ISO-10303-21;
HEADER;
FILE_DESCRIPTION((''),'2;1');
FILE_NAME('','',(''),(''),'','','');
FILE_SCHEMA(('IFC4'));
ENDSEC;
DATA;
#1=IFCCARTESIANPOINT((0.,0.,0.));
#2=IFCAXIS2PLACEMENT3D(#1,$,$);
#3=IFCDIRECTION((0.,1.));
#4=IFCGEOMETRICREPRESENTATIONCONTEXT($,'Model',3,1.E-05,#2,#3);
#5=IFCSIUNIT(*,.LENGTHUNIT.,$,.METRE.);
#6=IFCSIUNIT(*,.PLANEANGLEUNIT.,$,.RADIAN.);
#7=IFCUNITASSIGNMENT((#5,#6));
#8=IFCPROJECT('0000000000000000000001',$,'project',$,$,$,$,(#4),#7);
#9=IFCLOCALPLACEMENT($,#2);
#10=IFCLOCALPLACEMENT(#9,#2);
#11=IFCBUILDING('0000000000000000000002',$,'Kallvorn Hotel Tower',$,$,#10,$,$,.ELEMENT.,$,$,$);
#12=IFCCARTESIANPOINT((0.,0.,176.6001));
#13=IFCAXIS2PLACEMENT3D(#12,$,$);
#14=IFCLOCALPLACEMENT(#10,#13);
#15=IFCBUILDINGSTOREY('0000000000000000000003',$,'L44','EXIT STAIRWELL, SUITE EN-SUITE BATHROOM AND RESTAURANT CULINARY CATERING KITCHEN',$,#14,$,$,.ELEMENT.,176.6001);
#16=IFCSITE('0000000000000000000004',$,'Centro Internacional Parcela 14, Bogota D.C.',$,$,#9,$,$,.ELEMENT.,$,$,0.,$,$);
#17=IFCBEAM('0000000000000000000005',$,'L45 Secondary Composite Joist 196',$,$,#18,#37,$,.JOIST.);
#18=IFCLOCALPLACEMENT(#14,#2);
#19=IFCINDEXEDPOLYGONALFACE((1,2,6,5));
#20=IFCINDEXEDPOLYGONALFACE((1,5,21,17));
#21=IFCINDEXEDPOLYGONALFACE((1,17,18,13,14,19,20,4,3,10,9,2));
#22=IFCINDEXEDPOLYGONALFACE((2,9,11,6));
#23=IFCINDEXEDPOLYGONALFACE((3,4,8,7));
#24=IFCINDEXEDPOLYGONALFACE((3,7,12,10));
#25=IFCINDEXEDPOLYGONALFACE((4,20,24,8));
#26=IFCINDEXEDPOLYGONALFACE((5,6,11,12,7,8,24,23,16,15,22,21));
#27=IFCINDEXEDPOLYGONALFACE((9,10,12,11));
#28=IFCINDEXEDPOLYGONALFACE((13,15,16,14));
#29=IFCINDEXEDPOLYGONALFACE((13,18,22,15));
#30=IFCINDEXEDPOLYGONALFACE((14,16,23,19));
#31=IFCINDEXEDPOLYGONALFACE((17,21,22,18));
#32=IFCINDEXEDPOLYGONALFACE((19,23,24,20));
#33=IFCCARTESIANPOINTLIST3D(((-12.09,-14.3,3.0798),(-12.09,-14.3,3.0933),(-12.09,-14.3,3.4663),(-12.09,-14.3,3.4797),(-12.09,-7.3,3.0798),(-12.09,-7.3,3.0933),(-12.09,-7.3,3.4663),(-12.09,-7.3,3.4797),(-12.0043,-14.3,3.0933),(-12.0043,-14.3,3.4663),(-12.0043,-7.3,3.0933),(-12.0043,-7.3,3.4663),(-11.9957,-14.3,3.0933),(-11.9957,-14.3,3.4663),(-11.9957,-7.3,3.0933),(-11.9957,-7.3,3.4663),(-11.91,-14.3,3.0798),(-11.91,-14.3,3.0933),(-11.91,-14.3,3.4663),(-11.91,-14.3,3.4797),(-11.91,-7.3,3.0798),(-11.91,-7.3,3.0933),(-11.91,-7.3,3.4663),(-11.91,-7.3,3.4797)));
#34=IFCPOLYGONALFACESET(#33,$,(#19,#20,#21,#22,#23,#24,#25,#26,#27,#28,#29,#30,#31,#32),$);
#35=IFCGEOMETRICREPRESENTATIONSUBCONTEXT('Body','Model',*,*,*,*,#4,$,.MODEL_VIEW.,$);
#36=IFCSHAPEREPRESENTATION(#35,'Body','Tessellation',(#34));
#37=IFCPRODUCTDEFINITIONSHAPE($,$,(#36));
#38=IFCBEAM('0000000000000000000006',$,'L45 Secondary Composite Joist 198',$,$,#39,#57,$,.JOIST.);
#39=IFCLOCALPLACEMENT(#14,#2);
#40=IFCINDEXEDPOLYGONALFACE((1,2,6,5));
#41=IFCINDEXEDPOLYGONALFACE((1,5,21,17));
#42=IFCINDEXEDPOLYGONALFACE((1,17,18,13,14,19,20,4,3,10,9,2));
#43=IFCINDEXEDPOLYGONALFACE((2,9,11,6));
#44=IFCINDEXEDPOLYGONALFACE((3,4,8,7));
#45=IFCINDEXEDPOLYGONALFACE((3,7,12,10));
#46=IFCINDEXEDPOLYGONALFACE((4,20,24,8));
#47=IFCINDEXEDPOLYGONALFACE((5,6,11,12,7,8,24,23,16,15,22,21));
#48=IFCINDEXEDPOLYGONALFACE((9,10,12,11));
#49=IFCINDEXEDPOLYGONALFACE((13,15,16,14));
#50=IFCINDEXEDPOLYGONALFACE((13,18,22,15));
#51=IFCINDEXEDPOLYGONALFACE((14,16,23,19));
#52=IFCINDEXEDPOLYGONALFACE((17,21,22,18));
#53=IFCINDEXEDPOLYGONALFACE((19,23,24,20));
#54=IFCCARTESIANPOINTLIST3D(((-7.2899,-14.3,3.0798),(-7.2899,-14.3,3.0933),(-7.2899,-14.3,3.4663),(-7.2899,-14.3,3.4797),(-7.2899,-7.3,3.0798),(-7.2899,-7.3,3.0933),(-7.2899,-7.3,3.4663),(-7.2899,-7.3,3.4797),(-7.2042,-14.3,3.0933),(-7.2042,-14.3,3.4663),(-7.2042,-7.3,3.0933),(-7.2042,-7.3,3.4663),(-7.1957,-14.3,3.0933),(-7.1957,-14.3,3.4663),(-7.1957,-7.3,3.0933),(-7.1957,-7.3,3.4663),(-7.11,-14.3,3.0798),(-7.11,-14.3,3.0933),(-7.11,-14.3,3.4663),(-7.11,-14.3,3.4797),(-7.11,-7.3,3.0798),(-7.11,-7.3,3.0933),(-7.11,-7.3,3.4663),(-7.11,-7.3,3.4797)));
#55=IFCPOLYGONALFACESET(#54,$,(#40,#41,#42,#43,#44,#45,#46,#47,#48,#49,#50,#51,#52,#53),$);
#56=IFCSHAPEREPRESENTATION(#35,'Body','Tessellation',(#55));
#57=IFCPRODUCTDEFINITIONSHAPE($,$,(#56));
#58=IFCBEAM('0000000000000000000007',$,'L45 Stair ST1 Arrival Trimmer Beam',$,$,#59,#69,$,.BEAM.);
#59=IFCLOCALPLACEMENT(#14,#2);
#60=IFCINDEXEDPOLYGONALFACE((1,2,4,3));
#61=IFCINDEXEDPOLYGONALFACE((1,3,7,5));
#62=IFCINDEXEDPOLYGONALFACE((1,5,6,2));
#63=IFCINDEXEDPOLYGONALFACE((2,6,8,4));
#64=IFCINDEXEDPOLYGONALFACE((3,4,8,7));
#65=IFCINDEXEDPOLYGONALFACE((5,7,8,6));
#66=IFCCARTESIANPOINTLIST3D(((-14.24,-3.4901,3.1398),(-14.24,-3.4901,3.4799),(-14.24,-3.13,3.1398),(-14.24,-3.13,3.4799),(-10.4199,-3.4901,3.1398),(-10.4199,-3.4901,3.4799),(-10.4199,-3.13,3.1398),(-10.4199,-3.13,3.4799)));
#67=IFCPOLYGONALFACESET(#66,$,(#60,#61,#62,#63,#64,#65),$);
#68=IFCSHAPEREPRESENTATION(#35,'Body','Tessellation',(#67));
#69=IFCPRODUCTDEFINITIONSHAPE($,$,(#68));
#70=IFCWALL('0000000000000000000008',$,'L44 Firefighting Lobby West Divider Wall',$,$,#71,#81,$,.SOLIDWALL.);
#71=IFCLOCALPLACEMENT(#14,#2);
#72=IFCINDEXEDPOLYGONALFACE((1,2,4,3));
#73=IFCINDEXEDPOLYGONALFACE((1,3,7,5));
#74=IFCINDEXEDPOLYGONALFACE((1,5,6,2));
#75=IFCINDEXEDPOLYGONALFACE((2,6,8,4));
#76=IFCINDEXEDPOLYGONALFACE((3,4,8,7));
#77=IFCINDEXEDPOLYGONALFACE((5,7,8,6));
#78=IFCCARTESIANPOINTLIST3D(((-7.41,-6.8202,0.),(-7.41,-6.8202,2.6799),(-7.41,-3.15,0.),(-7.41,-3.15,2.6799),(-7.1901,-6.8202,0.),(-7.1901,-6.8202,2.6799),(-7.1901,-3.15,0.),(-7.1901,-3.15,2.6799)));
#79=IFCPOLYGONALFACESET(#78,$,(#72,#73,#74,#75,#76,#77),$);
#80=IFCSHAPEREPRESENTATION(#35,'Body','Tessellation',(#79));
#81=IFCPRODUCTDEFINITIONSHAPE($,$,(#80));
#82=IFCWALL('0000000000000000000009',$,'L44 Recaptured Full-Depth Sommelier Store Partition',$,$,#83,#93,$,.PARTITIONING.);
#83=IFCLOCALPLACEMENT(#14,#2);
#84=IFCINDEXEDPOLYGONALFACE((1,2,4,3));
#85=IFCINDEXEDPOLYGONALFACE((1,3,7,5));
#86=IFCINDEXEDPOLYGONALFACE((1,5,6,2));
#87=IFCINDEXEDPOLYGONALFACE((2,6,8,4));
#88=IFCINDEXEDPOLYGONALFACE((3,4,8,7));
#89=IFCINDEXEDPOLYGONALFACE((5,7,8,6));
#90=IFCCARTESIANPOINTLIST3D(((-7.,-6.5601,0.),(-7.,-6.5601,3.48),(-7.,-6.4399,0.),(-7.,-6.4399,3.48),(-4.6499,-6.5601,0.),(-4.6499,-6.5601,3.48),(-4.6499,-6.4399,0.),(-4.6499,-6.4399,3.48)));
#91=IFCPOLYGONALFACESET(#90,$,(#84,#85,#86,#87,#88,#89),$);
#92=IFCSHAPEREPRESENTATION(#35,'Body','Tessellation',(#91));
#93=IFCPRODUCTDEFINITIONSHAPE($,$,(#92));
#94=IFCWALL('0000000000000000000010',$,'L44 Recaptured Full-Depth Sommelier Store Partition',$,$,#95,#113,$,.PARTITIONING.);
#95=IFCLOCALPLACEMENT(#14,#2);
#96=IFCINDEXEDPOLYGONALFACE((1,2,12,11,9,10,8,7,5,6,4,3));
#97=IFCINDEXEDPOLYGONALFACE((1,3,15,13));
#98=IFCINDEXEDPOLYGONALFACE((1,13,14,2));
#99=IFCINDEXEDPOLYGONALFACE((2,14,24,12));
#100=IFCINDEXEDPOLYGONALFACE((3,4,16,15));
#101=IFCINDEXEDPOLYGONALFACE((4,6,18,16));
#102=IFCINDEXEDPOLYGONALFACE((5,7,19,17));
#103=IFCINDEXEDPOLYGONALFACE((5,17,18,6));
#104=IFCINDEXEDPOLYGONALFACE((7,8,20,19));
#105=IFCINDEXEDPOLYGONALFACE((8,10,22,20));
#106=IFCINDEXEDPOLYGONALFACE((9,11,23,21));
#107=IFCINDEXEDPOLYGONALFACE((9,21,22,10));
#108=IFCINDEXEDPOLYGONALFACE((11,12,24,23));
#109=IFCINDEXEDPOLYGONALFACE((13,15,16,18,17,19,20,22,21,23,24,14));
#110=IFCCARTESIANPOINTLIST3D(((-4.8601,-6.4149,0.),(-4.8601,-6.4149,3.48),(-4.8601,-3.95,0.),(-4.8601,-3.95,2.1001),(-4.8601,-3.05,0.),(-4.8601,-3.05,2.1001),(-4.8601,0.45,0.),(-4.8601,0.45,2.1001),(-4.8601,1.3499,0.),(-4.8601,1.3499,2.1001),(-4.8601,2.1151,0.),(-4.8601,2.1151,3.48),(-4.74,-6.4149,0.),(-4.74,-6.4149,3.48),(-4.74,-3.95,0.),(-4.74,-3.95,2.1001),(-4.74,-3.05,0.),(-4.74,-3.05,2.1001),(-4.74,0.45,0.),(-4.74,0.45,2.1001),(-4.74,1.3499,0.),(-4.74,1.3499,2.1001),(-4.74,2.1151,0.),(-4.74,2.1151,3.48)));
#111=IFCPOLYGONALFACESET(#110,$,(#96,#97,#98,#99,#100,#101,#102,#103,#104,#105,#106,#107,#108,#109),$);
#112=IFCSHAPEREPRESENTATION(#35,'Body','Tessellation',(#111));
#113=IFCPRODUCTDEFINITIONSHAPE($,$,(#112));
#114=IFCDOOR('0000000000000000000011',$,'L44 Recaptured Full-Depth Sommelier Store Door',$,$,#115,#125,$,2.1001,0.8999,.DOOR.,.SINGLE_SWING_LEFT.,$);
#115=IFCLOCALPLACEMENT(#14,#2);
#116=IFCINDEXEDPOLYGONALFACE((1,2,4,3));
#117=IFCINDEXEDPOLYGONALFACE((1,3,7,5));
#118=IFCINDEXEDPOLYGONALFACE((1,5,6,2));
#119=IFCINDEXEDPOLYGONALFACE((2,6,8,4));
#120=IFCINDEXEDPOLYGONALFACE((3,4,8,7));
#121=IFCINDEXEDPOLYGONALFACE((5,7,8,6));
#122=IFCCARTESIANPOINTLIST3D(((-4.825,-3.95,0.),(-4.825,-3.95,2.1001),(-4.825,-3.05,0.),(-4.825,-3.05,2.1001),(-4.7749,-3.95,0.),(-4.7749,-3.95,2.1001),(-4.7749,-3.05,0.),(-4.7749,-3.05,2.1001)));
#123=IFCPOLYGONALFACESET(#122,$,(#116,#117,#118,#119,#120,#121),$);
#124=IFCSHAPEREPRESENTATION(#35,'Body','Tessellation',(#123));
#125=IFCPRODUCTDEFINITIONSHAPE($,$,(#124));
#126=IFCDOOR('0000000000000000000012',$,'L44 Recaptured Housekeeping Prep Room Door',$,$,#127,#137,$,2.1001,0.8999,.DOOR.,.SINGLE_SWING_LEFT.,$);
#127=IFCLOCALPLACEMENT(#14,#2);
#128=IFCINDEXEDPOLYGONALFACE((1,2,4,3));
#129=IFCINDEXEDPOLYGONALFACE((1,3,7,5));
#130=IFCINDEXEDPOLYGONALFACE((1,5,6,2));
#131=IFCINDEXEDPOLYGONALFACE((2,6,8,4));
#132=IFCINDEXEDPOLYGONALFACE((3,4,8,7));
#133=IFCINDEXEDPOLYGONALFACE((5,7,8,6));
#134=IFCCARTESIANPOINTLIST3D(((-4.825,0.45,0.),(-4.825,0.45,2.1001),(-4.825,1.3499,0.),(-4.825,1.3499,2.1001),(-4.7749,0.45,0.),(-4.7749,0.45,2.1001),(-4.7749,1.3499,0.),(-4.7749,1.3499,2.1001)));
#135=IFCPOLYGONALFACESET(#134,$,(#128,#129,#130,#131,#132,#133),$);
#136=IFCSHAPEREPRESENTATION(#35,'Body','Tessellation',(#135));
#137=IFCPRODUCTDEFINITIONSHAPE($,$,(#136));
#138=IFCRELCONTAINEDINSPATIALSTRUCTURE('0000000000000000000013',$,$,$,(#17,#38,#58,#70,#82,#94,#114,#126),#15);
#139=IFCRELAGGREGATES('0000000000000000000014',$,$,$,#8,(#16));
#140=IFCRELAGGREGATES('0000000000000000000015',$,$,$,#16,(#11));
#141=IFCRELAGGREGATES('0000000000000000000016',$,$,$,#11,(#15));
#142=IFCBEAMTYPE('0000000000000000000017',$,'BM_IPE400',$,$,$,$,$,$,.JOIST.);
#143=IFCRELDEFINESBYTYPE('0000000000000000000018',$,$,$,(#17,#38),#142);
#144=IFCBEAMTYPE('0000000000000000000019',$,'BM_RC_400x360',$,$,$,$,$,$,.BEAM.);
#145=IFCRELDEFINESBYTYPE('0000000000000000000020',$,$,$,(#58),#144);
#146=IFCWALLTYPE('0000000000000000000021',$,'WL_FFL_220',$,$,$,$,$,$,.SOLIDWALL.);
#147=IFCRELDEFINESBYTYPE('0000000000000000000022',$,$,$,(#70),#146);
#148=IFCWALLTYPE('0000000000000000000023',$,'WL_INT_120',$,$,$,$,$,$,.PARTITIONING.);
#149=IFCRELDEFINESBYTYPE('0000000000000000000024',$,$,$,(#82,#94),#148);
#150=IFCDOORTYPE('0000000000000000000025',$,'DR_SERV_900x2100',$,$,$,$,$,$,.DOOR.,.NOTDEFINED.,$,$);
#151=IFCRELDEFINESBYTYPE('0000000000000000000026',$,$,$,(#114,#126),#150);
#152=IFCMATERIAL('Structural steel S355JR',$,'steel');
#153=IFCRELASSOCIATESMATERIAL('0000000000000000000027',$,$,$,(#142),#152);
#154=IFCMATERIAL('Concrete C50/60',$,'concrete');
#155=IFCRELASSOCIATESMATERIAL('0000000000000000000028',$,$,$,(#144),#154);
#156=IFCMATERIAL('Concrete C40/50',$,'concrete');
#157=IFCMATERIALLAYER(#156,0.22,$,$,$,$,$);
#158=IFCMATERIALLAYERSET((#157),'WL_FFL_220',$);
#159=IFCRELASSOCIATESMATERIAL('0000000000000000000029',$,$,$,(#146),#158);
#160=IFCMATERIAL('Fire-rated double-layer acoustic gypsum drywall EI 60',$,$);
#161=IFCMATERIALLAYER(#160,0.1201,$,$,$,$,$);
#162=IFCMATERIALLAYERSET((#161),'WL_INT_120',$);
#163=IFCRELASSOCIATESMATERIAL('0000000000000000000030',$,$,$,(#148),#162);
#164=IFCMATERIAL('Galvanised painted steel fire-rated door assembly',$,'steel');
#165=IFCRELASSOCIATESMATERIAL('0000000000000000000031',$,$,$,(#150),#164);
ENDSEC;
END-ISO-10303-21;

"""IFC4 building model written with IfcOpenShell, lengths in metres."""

from ifc_helpers import new_model, si_unit, direction, frame, frame_2d, origin, origin_2d, place, context, subcontext, project, spatial, rectangle, i_section, extrude, material, layer, layer_set, material_profile, profile_set, type_object, element, fill, save


model = new_model("IFC4")

# Units and contexts
model_context = context("Model", 3, precision=1e-05, world=origin(), true_north=direction((0.0, 1.0)))
body_context = subcontext(model_context, "Body", "Model", "MODEL_VIEW")
ifc_project = project(units=[si_unit("LENGTHUNIT", "METRE"), si_unit("PLANEANGLEUNIT", "RADIAN")], contexts=[model_context])

# Site, building, storey
site_placement = place(None, origin())
site = spatial("IfcSite", under=ifc_project, at=site_placement, Name="Centro Internacional Parcela 14, Bogota D.C.", CompositionType="ELEMENT", RefElevation=0.0)
building_placement = place(site_placement, origin())
building = spatial("IfcBuilding", under=site, at=building_placement, Name="Kallvorn Hotel Tower", CompositionType="ELEMENT")
storey_placement = place(building_placement, frame((0.0, 0.0, 176.6001)))
storey = spatial("IfcBuildingStorey", under=building, at=storey_placement, Name="L44", Description="EXIT STAIRWELL, SUITE EN-SUITE BATHROOM AND RESTAURANT CULINARY CATERING KITCHEN", CompositionType="ELEMENT", Elevation=176.6001)

# Beams
ifc_material_1 = material(Name="Structural steel S355JR", Category="steel")
ifc_material_profile_1 = material_profile(ifc_material_1, i_section(OverallWidth=0.1799, OverallDepth=0.3999, WebThickness=0.0085, FlangeThickness=0.0134, at=origin_2d()), Name="IPE 400")
ifc_profile_set_1 = profile_set([ifc_material_profile_1], Name="Structural steel S355JR")
beam_type_1 = type_object("IfcBeamType", Name="BM_IPE400", PredefinedType="JOIST", material=ifc_profile_set_1)
for number, where, z_axis, x_axis, name in (
    (1, (-12.0, -14.3, 3.2798), (0.0, 1.0, 0.0), (-1.0, 0.0, 0.0), "L45 Secondary Composite Joist 196"),
    (2, (-7.2, -14.3, 3.2798), (0.0, 1.0, 0.0), (-1.0, 0.0, 0.0), "L45 Secondary Composite Joist 198"),
):
    element("IfcBeam", number, at=place(storey_placement, frame(where, z_axis=z_axis, x_axis=x_axis)), inside=storey, type_object=beam_type_1, Name=name, PredefinedType="JOIST", context=body_context, shape_type="SweptSolid", body=[
        extrude(i_section(OverallWidth=0.1799, OverallDepth=0.3999, WebThickness=0.0085, FlangeThickness=0.0134, at=origin_2d()), origin(), (0.0, 0.0, 1.0), 7.0),
    ])
ifc_material_2 = material(Name="Concrete C50/60", Category="concrete")
ifc_material_profile_2 = material_profile(ifc_material_2, rectangle(XDim=0.3601, YDim=0.3401, at=origin_2d()), Name="RC 360x340")
ifc_profile_set_2 = profile_set([ifc_material_profile_2], Name="Concrete C50/60")
beam_type_2 = type_object("IfcBeamType", Name="BM_RC_400x360", PredefinedType="BEAM", material=ifc_profile_set_2)
beam_1_placement = place(storey_placement, frame((-10.4199, -3.3101, 3.3098), z_axis=(-1.0, 0.0, 0.0), x_axis=(0.0, -1.0, 0.0)))
element("IfcBeam", 3, at=beam_1_placement, inside=storey, type_object=beam_type_2, Name="L45 Stair ST1 Arrival Trimmer Beam", PredefinedType="BEAM", context=body_context, shape_type="SweptSolid", body=[
    extrude(rectangle(XDim=0.3601, YDim=0.3401, at=origin_2d()), origin(), (0.0, 0.0, 1.0), 3.8201),
])

# Walls
ifc_material_3 = material(Name="Concrete C40/50", Category="concrete")
ifc_layer_1 = layer(ifc_material_3, 0.22)
ifc_layer_set_1 = layer_set([ifc_layer_1], Name="WL_FFL_220")
wall_type_1 = type_object("IfcWallType", Name="WL_FFL_220", PredefinedType="SOLIDWALL", material=ifc_layer_set_1)
wall_1_placement = place(storey_placement, frame((-7.3, -6.8201, 0.0), z_axis=(0.0, 0.0, 1.0), x_axis=(0.0, 1.0, 0.0)))
element("IfcWall", 4, at=wall_1_placement, inside=storey, type_object=wall_type_1, Name="L44 Firefighting Lobby West Divider Wall", PredefinedType="SOLIDWALL", context=body_context, shape_type="SweptSolid", body=[
    extrude(rectangle(XDim=3.6702, YDim=0.22, at=frame_2d((1.835, 0.0))), origin(), (0.0, 0.0, 1.0), 2.6799),
])
ifc_material_4 = material(Name="Fire-rated double-layer acoustic gypsum drywall EI 60")
ifc_layer_2 = layer(ifc_material_4, 0.1201)
ifc_layer_set_2 = layer_set([ifc_layer_2], Name="WL_INT_120")
wall_type_2 = type_object("IfcWallType", Name="WL_INT_120", PredefinedType="PARTITIONING", material=ifc_layer_set_2)
wall_2_placement = place(storey_placement, frame((-7.0, -6.5, 0.0), z_axis=(0.0, 0.0, 1.0), x_axis=(1.0, 0.0, 0.0)))
element("IfcWall", 5, at=wall_2_placement, inside=storey, type_object=wall_type_2, Name="L44 Recaptured Full-Depth Sommelier Store Partition", PredefinedType="PARTITIONING", context=body_context, shape_type="SweptSolid", body=[
    extrude(rectangle(XDim=2.3501, YDim=0.1201, at=frame_2d((1.175, 0.0))), origin(), (0.0, 0.0, 1.0), 3.48),
])

# Wall, openings, doors
wall_3_placement = place(storey_placement, frame((-4.8, -6.415, 0.0), z_axis=(0.0, 0.0, 1.0), x_axis=(0.0, 1.0, 0.0)))
wall_3 = element("IfcWall", 6, at=wall_3_placement, inside=storey, type_object=wall_type_2, Name="L44 Recaptured Full-Depth Sommelier Store Partition", PredefinedType="PARTITIONING", context=body_context, shape_type="SweptSolid", body=[
    extrude(rectangle(XDim=8.53, YDim=0.1201, at=frame_2d((4.2651, 0.0))), origin(), (0.0, 0.0, 1.0), 3.48),
])
opening_1_placement = place(wall_3_placement, frame((2.4651, 0.0, 0.0)))
opening_1 = element("IfcOpeningElement", 7, at=opening_1_placement, cuts=wall_3, PredefinedType="OPENING", context=body_context, shape_type="SweptSolid", body=[
    extrude(rectangle(XDim=0.8999, YDim=2.1001, at=frame_2d((0.45, 1.05))), frame((0.0, 0.075, 0.0), z_axis=(0.0, -1.0, 0.0), x_axis=(1.0, 0.0, 0.0)), (0.0, 0.0, 1.0), 0.1501),
])
opening_2_placement = place(wall_3_placement, frame((6.865, 0.0, 0.0)))
opening_2 = element("IfcOpeningElement", 8, at=opening_2_placement, cuts=wall_3, PredefinedType="OPENING", context=body_context, shape_type="SweptSolid", body=[
    extrude(rectangle(XDim=0.8999, YDim=2.1001, at=frame_2d((0.45, 1.05))), frame((0.0, 0.075, 0.0), z_axis=(0.0, -1.0, 0.0), x_axis=(1.0, 0.0, 0.0)), (0.0, 0.0, 1.0), 0.1501),
])
ifc_material_5 = material(Name="Galvanised painted steel fire-rated door assembly", Category="steel")
door_type_1 = type_object("IfcDoorType", Name="DR_SERV_900x2100", OperationType="NOTDEFINED", PredefinedType="DOOR", material=ifc_material_5)
door_1_placement = place(opening_1_placement, origin())
door_1 = element("IfcDoor", 9, at=door_1_placement, inside=storey, type_object=door_type_1, Name="L44 Recaptured Full-Depth Sommelier Store Door", OperationType="SINGLE_SWING_LEFT", OverallHeight=2.1001, OverallWidth=0.8999, PredefinedType="DOOR", context=body_context, shape_type="SweptSolid", body=[
    extrude(rectangle(XDim=0.8999, YDim=2.1001, at=frame_2d((0.45, 1.05))), frame((0.0, 0.0249, 0.0), z_axis=(0.0, -1.0, 0.0), x_axis=(1.0, 0.0, 0.0)), (0.0, 0.0, 1.0), 0.05),
])
fill(opening_1, door_1)
door_2_placement = place(opening_2_placement, origin())
door_2 = element("IfcDoor", 10, at=door_2_placement, inside=storey, type_object=door_type_1, Name="L44 Recaptured Housekeeping Prep Room Door", OperationType="SINGLE_SWING_LEFT", OverallHeight=2.1001, OverallWidth=0.8999, PredefinedType="DOOR", context=body_context, shape_type="SweptSolid", body=[
    extrude(rectangle(XDim=0.8999, YDim=2.1001, at=frame_2d((0.45, 1.05))), frame((0.0, 0.0249, 0.0), z_axis=(0.0, -1.0, 0.0), x_axis=(1.0, 0.0, 0.0)), (0.0, 0.0, 1.0), 0.05),
])
fill(opening_2, door_2)

save(model, "model.ifc")
